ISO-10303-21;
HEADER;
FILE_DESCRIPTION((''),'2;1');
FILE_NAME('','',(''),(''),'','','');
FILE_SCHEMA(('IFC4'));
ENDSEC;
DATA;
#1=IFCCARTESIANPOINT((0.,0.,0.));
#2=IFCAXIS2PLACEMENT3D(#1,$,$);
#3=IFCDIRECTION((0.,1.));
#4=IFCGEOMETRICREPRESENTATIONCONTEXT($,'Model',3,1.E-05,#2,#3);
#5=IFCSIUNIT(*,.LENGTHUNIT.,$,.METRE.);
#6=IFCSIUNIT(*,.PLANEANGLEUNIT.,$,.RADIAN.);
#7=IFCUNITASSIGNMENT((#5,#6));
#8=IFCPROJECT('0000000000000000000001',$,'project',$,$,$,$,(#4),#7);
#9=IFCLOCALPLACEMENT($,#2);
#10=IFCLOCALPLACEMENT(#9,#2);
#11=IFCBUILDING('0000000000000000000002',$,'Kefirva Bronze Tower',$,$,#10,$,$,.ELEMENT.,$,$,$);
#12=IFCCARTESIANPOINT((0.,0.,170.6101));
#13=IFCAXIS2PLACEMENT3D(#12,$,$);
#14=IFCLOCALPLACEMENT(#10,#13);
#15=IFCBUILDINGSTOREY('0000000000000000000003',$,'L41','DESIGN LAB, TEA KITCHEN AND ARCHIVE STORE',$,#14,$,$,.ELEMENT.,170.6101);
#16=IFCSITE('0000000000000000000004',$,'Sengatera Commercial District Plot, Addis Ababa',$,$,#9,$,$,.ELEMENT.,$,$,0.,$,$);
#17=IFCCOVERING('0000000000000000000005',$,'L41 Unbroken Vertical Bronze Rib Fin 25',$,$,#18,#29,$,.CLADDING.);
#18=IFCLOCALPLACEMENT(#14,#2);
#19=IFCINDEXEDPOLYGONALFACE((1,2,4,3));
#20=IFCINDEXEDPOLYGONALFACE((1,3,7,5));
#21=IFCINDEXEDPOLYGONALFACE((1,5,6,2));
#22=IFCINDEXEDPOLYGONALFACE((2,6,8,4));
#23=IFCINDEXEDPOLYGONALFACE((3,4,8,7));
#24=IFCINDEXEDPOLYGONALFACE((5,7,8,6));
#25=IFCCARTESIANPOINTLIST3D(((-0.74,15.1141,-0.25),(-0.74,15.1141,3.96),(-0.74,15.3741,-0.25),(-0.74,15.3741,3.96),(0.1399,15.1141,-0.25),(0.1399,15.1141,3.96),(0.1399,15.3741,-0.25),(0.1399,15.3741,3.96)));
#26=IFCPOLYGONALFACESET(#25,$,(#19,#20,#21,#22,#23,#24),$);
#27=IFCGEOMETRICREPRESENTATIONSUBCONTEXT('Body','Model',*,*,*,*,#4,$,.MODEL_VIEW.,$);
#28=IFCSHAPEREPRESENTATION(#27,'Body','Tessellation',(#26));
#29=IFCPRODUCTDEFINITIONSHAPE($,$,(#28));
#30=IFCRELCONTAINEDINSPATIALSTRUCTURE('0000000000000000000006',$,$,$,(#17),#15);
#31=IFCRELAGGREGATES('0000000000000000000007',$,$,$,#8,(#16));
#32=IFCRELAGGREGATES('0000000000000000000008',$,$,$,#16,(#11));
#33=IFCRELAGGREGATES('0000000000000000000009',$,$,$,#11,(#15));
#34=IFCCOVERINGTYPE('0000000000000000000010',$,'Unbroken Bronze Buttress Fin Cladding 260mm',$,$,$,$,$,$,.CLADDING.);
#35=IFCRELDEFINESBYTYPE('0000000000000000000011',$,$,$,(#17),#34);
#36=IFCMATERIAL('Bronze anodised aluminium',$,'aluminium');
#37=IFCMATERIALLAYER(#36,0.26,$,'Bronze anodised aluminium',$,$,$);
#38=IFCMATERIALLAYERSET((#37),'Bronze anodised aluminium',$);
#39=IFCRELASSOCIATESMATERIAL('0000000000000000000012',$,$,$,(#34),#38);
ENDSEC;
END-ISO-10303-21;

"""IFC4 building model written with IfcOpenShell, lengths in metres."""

from ifc_helpers import new_model, si_unit, direction, frame, origin, origin_2d, place, context, subcontext, project, spatial, rectangle, extrude, material, layer, layer_set, type_object, element, save


model = new_model("IFC4")

# Units and contexts
model_context = context("Model", 3, precision=1e-05, world=origin(), true_north=direction((0.0, 1.0)))
body_context = subcontext(model_context, "Body", "Model", "MODEL_VIEW")
ifc_project = project(units=[si_unit("LENGTHUNIT", "METRE"), si_unit("PLANEANGLEUNIT", "RADIAN")], contexts=[model_context])

# Site, building, storey
site_placement = place(None, origin())
site = spatial("IfcSite", under=ifc_project, at=site_placement, Name="Sengatera Commercial District Plot, Addis Ababa", CompositionType="ELEMENT", RefElevation=0.0)
building_placement = place(site_placement, origin())
building = spatial("IfcBuilding", under=site, at=building_placement, Name="Kefirva Bronze Tower", CompositionType="ELEMENT")
storey_placement = place(building_placement, frame((0.0, 0.0, 170.6101)))
storey = spatial("IfcBuildingStorey", under=building, at=storey_placement, Name="L41", Description="DESIGN LAB, TEA KITCHEN AND ARCHIVE STORE", CompositionType="ELEMENT", Elevation=170.6101)

# Shared definitions
ifc_material_1 = material(Name="Bronze anodised aluminium", Category="aluminium")

# Covering
ifc_layer_1 = layer(ifc_material_1, 0.26, Name="Bronze anodised aluminium")
ifc_layer_set_1 = layer_set([ifc_layer_1], Name="Bronze anodised aluminium")
covering_type_1 = type_object("IfcCoveringType", Name="Unbroken Bronze Buttress Fin Cladding 260mm", PredefinedType="CLADDING", material=ifc_layer_set_1)
for number, where, z_axis, x_axis, name in (
    (1, (-0.3, 15.2441, -0.25), (0.0, 0.0, 1.0), (0.0, -1.0, 0.0), "L41 Unbroken Vertical Bronze Rib Fin 25"),
):
    element("IfcCovering", number, at=place(storey_placement, frame(where, z_axis=z_axis, x_axis=x_axis)), inside=storey, type_object=covering_type_1, Name=name, PredefinedType="CLADDING", context=body_context, shape_type="SweptSolid", body=[
        extrude(rectangle(XDim=0.26, YDim=0.8799, at=origin_2d()), origin(), (0.0, 0.0, 1.0), 4.21),
    ])

save(model, "model.ifc")
